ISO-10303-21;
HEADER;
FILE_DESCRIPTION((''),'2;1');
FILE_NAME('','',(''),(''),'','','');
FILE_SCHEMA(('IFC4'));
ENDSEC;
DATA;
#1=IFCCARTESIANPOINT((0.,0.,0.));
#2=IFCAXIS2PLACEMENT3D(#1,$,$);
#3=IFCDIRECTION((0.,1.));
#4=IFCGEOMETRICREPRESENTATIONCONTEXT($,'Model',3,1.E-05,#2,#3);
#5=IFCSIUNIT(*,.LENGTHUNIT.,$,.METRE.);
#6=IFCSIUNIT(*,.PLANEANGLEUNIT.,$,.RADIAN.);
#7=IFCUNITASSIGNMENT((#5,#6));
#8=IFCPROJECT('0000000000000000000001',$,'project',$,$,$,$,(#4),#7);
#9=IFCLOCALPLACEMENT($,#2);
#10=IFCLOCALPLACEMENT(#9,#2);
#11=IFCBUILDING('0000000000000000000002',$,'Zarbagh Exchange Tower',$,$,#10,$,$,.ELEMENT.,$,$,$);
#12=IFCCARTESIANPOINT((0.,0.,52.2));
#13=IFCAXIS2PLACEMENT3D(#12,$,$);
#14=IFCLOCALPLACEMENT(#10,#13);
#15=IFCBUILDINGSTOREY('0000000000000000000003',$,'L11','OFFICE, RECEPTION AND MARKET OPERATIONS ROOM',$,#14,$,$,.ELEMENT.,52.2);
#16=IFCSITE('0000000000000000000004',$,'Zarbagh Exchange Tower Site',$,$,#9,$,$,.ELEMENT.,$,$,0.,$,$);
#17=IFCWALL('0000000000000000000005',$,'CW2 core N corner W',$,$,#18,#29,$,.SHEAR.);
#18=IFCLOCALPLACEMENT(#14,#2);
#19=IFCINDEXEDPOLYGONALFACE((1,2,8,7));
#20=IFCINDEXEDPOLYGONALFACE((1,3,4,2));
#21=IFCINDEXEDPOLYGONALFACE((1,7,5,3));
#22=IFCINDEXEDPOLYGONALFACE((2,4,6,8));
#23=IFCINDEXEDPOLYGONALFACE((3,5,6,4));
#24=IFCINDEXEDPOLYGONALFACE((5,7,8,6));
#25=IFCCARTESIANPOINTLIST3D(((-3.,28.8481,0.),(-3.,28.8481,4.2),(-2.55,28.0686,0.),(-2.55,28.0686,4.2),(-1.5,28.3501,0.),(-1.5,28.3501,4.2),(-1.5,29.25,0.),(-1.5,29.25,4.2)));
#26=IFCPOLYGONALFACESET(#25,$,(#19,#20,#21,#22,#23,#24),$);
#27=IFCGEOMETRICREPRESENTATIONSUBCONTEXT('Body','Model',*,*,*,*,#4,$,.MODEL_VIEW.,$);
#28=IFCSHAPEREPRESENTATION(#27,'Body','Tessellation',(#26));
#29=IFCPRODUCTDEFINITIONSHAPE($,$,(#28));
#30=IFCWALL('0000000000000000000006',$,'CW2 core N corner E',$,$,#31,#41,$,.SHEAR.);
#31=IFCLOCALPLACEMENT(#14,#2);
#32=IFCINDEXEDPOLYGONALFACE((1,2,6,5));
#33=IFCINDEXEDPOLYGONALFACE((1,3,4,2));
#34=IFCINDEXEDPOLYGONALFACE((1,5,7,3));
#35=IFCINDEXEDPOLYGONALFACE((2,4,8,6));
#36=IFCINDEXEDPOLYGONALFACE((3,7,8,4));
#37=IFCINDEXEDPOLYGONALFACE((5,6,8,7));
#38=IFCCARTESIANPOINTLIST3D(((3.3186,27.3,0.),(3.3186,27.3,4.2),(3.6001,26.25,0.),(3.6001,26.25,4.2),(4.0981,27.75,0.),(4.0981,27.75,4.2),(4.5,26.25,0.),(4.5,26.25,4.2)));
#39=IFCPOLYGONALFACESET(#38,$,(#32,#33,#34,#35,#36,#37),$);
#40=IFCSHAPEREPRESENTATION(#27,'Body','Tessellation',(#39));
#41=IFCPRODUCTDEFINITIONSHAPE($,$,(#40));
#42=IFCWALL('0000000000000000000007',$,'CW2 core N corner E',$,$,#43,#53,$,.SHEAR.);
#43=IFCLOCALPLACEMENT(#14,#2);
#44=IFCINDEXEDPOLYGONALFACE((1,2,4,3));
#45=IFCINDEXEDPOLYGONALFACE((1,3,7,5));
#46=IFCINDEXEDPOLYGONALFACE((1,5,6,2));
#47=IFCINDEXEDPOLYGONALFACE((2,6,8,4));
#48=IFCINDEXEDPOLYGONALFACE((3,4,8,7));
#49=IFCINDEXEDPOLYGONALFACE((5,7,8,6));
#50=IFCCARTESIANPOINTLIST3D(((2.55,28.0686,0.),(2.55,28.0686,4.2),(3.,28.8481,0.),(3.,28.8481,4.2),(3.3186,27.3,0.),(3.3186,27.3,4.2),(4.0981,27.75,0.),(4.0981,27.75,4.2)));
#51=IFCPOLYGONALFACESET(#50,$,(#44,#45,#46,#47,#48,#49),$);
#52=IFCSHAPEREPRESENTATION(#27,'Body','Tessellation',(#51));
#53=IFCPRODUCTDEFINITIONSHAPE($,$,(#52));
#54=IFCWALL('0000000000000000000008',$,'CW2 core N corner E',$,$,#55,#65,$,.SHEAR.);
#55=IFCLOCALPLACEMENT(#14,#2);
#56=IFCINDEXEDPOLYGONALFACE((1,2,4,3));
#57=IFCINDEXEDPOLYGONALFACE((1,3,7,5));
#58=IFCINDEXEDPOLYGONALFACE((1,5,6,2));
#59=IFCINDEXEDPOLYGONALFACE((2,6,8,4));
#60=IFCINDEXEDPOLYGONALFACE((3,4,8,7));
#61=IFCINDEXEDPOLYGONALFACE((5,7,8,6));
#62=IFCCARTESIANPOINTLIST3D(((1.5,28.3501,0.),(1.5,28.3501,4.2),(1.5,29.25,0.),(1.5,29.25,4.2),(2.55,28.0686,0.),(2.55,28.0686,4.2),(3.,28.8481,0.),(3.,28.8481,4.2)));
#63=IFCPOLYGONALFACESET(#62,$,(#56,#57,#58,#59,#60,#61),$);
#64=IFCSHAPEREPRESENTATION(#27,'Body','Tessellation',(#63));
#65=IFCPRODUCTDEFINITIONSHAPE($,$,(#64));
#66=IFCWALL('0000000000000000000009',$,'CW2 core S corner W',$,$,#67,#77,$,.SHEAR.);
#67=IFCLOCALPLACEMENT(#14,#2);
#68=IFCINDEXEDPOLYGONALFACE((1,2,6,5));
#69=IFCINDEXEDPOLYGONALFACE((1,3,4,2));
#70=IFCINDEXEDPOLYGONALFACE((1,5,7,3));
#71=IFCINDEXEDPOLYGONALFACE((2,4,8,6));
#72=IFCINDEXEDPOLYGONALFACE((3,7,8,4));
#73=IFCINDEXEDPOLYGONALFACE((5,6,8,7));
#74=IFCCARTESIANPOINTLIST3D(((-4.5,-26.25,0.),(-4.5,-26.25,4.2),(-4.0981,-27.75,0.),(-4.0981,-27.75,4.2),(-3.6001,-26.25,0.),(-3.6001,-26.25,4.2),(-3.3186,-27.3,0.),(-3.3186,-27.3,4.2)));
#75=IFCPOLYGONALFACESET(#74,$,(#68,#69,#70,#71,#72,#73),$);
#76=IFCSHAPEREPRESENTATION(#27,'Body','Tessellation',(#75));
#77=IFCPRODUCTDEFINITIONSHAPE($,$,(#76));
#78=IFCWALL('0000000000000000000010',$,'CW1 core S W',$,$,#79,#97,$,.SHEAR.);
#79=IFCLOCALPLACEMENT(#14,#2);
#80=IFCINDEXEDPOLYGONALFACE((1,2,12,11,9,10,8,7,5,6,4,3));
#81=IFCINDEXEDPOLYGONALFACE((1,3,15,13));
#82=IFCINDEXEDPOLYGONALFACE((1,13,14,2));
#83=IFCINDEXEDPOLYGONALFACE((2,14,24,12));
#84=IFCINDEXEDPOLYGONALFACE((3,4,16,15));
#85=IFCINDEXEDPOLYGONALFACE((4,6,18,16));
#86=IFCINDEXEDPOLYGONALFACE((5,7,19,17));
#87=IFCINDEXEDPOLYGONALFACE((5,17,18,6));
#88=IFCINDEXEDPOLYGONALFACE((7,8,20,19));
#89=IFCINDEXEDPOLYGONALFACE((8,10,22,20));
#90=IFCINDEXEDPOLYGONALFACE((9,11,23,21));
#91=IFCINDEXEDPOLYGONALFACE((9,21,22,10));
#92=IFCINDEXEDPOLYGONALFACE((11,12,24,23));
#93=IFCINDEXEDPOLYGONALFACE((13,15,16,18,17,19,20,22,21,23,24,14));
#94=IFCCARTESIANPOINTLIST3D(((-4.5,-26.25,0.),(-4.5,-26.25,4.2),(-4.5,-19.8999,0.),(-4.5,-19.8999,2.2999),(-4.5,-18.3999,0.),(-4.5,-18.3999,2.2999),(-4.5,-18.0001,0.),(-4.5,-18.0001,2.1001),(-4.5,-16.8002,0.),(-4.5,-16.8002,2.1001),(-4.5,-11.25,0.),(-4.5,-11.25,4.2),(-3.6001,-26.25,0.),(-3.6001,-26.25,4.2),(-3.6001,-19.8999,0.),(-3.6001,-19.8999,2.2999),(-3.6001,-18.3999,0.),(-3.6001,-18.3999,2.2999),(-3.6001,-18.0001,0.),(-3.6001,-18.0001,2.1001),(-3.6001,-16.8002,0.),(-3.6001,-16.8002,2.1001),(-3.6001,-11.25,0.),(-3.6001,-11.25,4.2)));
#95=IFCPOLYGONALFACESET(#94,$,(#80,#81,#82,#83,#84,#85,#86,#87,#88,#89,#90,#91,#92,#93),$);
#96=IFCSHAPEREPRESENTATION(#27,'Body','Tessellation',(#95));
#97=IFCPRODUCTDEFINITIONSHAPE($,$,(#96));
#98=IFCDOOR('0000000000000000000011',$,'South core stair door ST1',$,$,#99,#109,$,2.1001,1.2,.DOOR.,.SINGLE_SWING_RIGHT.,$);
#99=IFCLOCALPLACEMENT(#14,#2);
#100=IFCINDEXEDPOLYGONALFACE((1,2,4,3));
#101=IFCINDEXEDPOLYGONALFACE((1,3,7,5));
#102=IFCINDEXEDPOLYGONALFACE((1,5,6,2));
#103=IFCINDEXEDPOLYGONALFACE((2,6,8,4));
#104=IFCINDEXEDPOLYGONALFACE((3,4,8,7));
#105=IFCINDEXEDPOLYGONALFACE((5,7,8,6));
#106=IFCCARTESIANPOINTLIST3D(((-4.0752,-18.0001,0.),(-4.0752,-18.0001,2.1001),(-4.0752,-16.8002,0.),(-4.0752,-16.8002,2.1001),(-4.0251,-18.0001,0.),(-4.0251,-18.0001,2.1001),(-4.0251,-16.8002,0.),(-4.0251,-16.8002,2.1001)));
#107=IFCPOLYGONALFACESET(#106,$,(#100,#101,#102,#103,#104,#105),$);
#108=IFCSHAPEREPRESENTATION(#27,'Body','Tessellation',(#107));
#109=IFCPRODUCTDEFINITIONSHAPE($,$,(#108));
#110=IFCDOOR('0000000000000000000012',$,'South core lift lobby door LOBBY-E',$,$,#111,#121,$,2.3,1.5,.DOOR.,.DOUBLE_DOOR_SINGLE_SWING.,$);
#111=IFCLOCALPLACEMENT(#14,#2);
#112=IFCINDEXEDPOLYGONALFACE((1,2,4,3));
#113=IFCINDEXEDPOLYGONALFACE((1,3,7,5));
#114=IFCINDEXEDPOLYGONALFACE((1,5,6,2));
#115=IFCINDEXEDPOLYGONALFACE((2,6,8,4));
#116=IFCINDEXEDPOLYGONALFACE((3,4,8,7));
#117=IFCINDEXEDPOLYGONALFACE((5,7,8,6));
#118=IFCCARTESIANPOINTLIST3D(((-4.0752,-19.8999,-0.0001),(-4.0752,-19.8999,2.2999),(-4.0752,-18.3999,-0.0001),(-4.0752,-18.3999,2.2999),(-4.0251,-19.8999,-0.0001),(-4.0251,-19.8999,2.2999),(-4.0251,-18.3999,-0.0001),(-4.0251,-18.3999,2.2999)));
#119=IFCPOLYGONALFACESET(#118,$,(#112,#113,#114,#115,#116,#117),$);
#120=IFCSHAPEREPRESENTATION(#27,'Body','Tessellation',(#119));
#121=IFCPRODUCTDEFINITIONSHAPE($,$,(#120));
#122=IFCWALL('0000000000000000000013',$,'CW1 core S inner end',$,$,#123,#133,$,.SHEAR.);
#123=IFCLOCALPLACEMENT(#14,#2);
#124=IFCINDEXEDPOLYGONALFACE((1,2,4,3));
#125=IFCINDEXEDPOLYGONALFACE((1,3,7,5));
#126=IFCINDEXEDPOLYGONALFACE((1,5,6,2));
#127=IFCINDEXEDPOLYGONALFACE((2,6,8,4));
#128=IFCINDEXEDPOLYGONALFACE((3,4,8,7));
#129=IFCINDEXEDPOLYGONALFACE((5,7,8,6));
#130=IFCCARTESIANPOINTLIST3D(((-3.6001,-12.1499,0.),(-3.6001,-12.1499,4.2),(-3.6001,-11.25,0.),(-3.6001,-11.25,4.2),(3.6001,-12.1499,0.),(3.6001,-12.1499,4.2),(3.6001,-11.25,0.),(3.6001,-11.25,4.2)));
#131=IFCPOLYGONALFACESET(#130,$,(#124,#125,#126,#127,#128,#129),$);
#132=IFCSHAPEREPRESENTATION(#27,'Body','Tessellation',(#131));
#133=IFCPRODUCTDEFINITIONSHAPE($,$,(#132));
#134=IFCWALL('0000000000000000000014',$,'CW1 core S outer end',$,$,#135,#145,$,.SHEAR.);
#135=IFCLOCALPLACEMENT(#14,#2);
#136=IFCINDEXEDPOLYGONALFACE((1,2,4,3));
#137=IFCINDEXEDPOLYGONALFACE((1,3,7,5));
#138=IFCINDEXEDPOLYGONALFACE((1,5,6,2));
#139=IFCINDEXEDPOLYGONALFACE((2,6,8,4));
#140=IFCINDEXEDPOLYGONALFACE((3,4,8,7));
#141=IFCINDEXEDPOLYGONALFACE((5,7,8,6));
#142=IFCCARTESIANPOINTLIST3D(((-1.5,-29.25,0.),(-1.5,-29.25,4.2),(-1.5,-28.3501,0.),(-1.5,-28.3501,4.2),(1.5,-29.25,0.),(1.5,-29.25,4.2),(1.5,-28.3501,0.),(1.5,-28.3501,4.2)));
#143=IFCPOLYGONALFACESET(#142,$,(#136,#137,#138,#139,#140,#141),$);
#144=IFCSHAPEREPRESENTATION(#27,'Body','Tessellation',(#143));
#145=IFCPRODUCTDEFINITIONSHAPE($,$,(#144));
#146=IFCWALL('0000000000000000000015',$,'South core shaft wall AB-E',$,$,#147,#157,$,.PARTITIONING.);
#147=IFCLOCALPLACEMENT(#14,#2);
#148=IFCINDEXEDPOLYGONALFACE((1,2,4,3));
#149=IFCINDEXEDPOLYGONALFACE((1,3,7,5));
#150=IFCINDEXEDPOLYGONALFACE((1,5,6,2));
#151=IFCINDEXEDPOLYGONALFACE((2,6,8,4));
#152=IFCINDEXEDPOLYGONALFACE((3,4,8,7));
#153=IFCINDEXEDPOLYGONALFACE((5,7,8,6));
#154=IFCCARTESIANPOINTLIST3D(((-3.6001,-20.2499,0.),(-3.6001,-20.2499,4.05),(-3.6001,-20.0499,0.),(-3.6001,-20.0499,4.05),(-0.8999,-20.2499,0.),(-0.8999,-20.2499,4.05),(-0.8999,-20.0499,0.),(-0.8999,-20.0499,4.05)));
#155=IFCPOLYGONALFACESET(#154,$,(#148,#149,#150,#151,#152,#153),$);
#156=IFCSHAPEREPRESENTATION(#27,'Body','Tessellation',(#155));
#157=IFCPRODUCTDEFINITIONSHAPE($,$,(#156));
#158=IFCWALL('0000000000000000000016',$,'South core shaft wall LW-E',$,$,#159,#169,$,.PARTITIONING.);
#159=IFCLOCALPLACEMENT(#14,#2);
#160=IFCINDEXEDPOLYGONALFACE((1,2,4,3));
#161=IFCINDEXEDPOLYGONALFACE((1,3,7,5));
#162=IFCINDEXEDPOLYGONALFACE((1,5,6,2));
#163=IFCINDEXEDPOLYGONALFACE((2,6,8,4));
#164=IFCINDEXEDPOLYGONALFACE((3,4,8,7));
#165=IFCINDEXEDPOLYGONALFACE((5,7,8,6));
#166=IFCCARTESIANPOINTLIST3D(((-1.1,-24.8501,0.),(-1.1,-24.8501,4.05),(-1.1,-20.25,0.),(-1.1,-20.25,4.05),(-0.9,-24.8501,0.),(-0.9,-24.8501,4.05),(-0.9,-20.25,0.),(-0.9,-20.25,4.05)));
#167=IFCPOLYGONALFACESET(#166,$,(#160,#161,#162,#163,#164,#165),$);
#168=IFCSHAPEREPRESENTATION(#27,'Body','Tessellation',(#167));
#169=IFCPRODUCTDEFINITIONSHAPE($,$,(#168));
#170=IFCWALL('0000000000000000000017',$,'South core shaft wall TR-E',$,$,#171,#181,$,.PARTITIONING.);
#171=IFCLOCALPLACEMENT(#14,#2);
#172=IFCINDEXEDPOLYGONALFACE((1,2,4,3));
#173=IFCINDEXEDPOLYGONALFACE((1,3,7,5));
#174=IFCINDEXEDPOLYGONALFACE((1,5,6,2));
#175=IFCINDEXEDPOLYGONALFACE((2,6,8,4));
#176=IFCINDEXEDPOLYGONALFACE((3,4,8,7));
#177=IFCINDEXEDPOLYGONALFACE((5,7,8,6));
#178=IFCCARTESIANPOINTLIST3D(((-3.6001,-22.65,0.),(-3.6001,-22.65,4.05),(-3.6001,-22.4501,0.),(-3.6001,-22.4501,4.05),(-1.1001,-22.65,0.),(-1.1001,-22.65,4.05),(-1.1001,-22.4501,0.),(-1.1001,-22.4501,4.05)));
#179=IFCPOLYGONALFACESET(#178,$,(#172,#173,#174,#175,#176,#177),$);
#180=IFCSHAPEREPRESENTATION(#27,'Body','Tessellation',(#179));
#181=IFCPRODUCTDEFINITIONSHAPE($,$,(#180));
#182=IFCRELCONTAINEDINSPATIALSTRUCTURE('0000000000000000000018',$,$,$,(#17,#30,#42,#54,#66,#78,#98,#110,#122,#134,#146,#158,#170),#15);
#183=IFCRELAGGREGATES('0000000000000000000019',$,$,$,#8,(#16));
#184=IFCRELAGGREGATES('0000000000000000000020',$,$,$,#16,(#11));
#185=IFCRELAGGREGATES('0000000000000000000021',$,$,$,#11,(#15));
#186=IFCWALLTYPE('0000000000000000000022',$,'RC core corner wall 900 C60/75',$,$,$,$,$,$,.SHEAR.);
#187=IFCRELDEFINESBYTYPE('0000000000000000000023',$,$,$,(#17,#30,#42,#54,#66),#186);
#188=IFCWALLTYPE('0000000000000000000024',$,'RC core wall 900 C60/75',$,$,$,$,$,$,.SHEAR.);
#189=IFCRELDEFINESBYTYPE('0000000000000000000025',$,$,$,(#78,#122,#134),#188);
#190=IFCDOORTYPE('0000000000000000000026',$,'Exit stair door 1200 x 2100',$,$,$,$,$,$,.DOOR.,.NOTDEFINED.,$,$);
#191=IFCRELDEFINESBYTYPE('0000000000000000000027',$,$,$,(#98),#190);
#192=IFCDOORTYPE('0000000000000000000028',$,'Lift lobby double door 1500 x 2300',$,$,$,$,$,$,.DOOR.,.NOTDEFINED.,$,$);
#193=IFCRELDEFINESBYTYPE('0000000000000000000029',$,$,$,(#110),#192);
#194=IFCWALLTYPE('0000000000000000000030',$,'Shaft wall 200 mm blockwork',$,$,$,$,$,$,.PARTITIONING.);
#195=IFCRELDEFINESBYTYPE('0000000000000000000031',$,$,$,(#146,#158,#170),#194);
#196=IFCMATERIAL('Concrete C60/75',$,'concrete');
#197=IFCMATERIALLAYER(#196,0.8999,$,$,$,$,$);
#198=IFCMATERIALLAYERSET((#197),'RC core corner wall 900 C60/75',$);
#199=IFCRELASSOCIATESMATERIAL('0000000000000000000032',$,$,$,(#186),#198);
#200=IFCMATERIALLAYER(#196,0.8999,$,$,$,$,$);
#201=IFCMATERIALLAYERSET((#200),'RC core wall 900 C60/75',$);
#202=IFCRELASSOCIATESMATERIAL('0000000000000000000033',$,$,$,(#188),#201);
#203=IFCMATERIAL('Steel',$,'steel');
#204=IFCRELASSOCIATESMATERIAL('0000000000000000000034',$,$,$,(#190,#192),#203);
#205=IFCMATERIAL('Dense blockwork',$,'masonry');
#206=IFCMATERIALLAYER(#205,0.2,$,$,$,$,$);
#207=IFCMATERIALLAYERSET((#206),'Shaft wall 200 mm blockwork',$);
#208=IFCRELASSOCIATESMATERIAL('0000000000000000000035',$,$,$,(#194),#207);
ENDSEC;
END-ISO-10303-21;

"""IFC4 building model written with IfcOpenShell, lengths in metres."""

from ifc_helpers import new_model, si_unit, direction, frame, frame_2d, origin, place, context, subcontext, project, spatial, polyline, rectangle, outline, extrude, material, layer, layer_set, type_object, element, fill, save


model = new_model("IFC4")

# Units and contexts
model_context = context("Model", 3, precision=1e-05, world=origin(), true_north=direction((0.0, 1.0)))
body_context = subcontext(model_context, "Body", "Model", "MODEL_VIEW")
ifc_project = project(units=[si_unit("LENGTHUNIT", "METRE"), si_unit("PLANEANGLEUNIT", "RADIAN")], contexts=[model_context])

# Site, building, storey
site_placement = place(None, origin())
site = spatial("IfcSite", under=ifc_project, at=site_placement, Name="Zarbagh Exchange Tower Site", CompositionType="ELEMENT", RefElevation=0.0)
building_placement = place(site_placement, origin())
building = spatial("IfcBuilding", under=site, at=building_placement, Name="Zarbagh Exchange Tower", CompositionType="ELEMENT")
storey_placement = place(building_placement, frame((0.0, 0.0, 52.2)))
storey = spatial("IfcBuildingStorey", under=building, at=storey_placement, Name="L11", Description="OFFICE, RECEPTION AND MARKET OPERATIONS ROOM", CompositionType="ELEMENT", Elevation=52.2)

# Shared definitions
ifc_material_1 = material(Name="Concrete C60/75", Category="concrete")

# Walls
ifc_layer_1 = layer(ifc_material_1, 0.8999)
ifc_layer_set_1 = layer_set([ifc_layer_1], Name="RC core corner wall 900 C60/75")
wall_type_1 = type_object("IfcWallType", Name="RC core corner wall 900 C60/75", PredefinedType="SHEAR", material=ifc_layer_set_1)
wall_1_placement = place(storey_placement, origin())
element("IfcWall", 1, at=wall_1_placement, inside=storey, type_object=wall_type_1, Name="CW2 core N corner W", PredefinedType="SHEAR", context=body_context, shape_type="SweptSolid", body=[
    extrude(outline(polyline([(-3.0, 28.8481), (-1.5, 29.25), (-1.5, 28.3501), (-2.55, 28.0686), (-3.0, 28.8481)])), origin(), (0.0, 0.0, 1.0), 4.2),
])
wall_2_placement = place(storey_placement, origin())
element("IfcWall", 2, at=wall_2_placement, inside=storey, type_object=wall_type_1, Name="CW2 core N corner E", PredefinedType="SHEAR", context=body_context, shape_type="SweptSolid", body=[
    extrude(outline(polyline([(4.5, 26.25), (4.0981, 27.75), (3.3186, 27.3), (3.6001, 26.25), (4.5, 26.25)])), origin(), (0.0, 0.0, 1.0), 4.2),
])
wall_3_placement = place(storey_placement, origin())
element("IfcWall", 3, at=wall_3_placement, inside=storey, type_object=wall_type_1, Name="CW2 core N corner E", PredefinedType="SHEAR", context=body_context, shape_type="SweptSolid", body=[
    extrude(outline(polyline([(4.0981, 27.75), (3.0, 28.8481), (2.55, 28.0686), (3.3186, 27.3), (4.0981, 27.75)])), origin(), (0.0, 0.0, 1.0), 4.2),
])
wall_4_placement = place(storey_placement, origin())
element("IfcWall", 4, at=wall_4_placement, inside=storey, type_object=wall_type_1, Name="CW2 core N corner E", PredefinedType="SHEAR", context=body_context, shape_type="SweptSolid", body=[
    extrude(outline(polyline([(3.0, 28.8481), (1.5, 29.25), (1.5, 28.3501), (2.55, 28.0686), (3.0, 28.8481)])), origin(), (0.0, 0.0, 1.0), 4.2),
])
wall_5_placement = place(storey_placement, origin())
element("IfcWall", 5, at=wall_5_placement, inside=storey, type_object=wall_type_1, Name="CW2 core S corner W", PredefinedType="SHEAR", context=body_context, shape_type="SweptSolid", body=[
    extrude(outline(polyline([(-4.5, -26.25), (-4.0981, -27.75), (-3.3186, -27.3), (-3.6001, -26.25), (-4.5, -26.25)])), origin(), (0.0, 0.0, 1.0), 4.2),
])

# Wall, openings, doors
ifc_layer_2 = layer(ifc_material_1, 0.8999)
ifc_layer_set_2 = layer_set([ifc_layer_2], Name="RC core wall 900 C60/75")
wall_type_2 = type_object("IfcWallType", Name="RC core wall 900 C60/75", PredefinedType="SHEAR", material=ifc_layer_set_2)
wall_6_placement = place(storey_placement, frame((-4.05, -11.25, 0.0), z_axis=(0.0, 0.0, 1.0), x_axis=(0.0, -1.0, 0.0)))
wall_6 = element("IfcWall", 6, at=wall_6_placement, inside=storey, type_object=wall_type_2, Name="CW1 core S W", PredefinedType="SHEAR", context=body_context, shape_type="SweptSolid", body=[
    extrude(rectangle(XDim=15.0, YDim=0.8999, at=frame_2d((7.5, 0.0))), origin(), (0.0, 0.0, 1.0), 4.2),
])
opening_1_placement = place(wall_6_placement, frame((7.1499, 0.0, 0.0)))
opening_1 = element("IfcOpeningElement", 7, at=opening_1_placement, cuts=wall_6, PredefinedType="OPENING", context=body_context, shape_type="SweptSolid", body=[
    extrude(rectangle(XDim=1.5, YDim=2.3, at=frame_2d((0.75, 1.1499))), frame((0.0, 0.46, 0.0), z_axis=(0.0, -1.0, 0.0), x_axis=(1.0, 0.0, 0.0)), (0.0, 0.0, 1.0), 0.9199),
])
opening_2_placement = place(wall_6_placement, frame((5.55, 0.0, 0.0)))
opening_2 = element("IfcOpeningElement", 8, at=opening_2_placement, cuts=wall_6, PredefinedType="OPENING", context=body_context, shape_type="SweptSolid", body=[
    extrude(rectangle(XDim=1.2, YDim=2.1001, at=frame_2d((0.6001, 1.05))), frame((0.0, 0.46, 0.0), z_axis=(0.0, -1.0, 0.0), x_axis=(1.0, 0.0, 0.0)), (0.0, 0.0, 1.0), 0.9199),
])
ifc_material_2 = material(Name="Steel", Category="steel")
door_type_1 = type_object("IfcDoorType", Name="Exit stair door 1200 x 2100", OperationType="NOTDEFINED", PredefinedType="DOOR", material=ifc_material_2)
door_1_placement = place(opening_2_placement, origin())
door_1 = element("IfcDoor", 9, at=door_1_placement, inside=storey, type_object=door_type_1, Name="South core stair door ST1", OperationType="SINGLE_SWING_RIGHT", OverallHeight=2.1001, OverallWidth=1.2, PredefinedType="DOOR", context=body_context, shape_type="SweptSolid", body=[
    extrude(rectangle(XDim=1.2, YDim=2.1001, at=frame_2d((0.6001, 1.05))), frame((0.0, 0.0249, 0.0), z_axis=(0.0, -1.0, 0.0), x_axis=(1.0, 0.0, 0.0)), (0.0, 0.0, 1.0), 0.05),
])
fill(opening_2, door_1)
door_type_2 = type_object("IfcDoorType", Name="Lift lobby double door 1500 x 2300", OperationType="NOTDEFINED", PredefinedType="DOOR", material=ifc_material_2)
door_2_placement = place(opening_1_placement, origin())
door_2 = element("IfcDoor", 10, at=door_2_placement, inside=storey, type_object=door_type_2, Name="South core lift lobby door LOBBY-E", OperationType="DOUBLE_DOOR_SINGLE_SWING", OverallHeight=2.3, OverallWidth=1.5, PredefinedType="DOOR", context=body_context, shape_type="SweptSolid", body=[
    extrude(rectangle(XDim=1.5, YDim=2.3, at=frame_2d((0.75, 1.1499))), frame((0.0, 0.0249, 0.0), z_axis=(0.0, -1.0, 0.0), x_axis=(1.0, 0.0, 0.0)), (0.0, 0.0, 1.0), 0.05),
])
fill(opening_1, door_2)

# Walls
wall_7_placement = place(storey_placement, frame((-3.6001, -11.7, 0.0), z_axis=(0.0, 0.0, 1.0), x_axis=(1.0, 0.0, 0.0)))
element("IfcWall", 11, at=wall_7_placement, inside=storey, type_object=wall_type_2, Name="CW1 core S inner end", PredefinedType="SHEAR", context=body_context, shape_type="SweptSolid", body=[
    extrude(rectangle(XDim=7.2002, YDim=0.8999, at=frame_2d((3.6001, 0.0))), origin(), (0.0, 0.0, 1.0), 4.2),
])
wall_8_placement = place(storey_placement, frame((-1.5, -28.8, 0.0), z_axis=(0.0, 0.0, 1.0), x_axis=(1.0, 0.0, 0.0)))
element("IfcWall", 12, at=wall_8_placement, inside=storey, type_object=wall_type_2, Name="CW1 core S outer end", PredefinedType="SHEAR", context=body_context, shape_type="SweptSolid", body=[
    extrude(rectangle(XDim=3.0, YDim=0.8999, at=frame_2d((1.5, 0.0))), origin(), (0.0, 0.0, 1.0), 4.2),
])
ifc_material_3 = material(Name="Dense blockwork", Category="masonry")
ifc_layer_3 = layer(ifc_material_3, 0.2)
ifc_layer_set_3 = layer_set([ifc_layer_3], Name="Shaft wall 200 mm blockwork")
wall_type_3 = type_object("IfcWallType", Name="Shaft wall 200 mm blockwork", PredefinedType="PARTITIONING", material=ifc_layer_set_3)
wall_9_placement = place(storey_placement, frame((-0.8999, -20.1499, 0.0), z_axis=(0.0, 0.0, 1.0), x_axis=(-1.0, 0.0, 0.0)))
element("IfcWall", 13, at=wall_9_placement, inside=storey, type_object=wall_type_3, Name="South core shaft wall AB-E", PredefinedType="PARTITIONING", context=body_context, shape_type="SweptSolid", body=[
    extrude(rectangle(XDim=2.7002, YDim=0.2, at=frame_2d((1.3501, 0.0))), origin(), (0.0, 0.0, 1.0), 4.05),
])
wall_10_placement = place(storey_placement, frame((-1.0, -24.8501, 0.0), z_axis=(0.0, 0.0, 1.0), x_axis=(0.0, 1.0, 0.0)))
element("IfcWall", 14, at=wall_10_placement, inside=storey, type_object=wall_type_3, Name="South core shaft wall LW-E", PredefinedType="PARTITIONING", context=body_context, shape_type="SweptSolid", body=[
    extrude(rectangle(XDim=4.6001, YDim=0.2, at=frame_2d((2.3, 0.0))), origin(), (0.0, 0.0, 1.0), 4.05),
])
wall_11_placement = place(storey_placement, frame((-1.1001, -22.55, 0.0), z_axis=(0.0, 0.0, 1.0), x_axis=(-1.0, 0.0, 0.0)))
element("IfcWall", 15, at=wall_11_placement, inside=storey, type_object=wall_type_3, Name="South core shaft wall TR-E", PredefinedType="PARTITIONING", context=body_context, shape_type="SweptSolid", body=[
    extrude(rectangle(XDim=2.5, YDim=0.2, at=frame_2d((1.25, 0.0))), origin(), (0.0, 0.0, 1.0), 4.05),
])

save(model, "model.ifc")
